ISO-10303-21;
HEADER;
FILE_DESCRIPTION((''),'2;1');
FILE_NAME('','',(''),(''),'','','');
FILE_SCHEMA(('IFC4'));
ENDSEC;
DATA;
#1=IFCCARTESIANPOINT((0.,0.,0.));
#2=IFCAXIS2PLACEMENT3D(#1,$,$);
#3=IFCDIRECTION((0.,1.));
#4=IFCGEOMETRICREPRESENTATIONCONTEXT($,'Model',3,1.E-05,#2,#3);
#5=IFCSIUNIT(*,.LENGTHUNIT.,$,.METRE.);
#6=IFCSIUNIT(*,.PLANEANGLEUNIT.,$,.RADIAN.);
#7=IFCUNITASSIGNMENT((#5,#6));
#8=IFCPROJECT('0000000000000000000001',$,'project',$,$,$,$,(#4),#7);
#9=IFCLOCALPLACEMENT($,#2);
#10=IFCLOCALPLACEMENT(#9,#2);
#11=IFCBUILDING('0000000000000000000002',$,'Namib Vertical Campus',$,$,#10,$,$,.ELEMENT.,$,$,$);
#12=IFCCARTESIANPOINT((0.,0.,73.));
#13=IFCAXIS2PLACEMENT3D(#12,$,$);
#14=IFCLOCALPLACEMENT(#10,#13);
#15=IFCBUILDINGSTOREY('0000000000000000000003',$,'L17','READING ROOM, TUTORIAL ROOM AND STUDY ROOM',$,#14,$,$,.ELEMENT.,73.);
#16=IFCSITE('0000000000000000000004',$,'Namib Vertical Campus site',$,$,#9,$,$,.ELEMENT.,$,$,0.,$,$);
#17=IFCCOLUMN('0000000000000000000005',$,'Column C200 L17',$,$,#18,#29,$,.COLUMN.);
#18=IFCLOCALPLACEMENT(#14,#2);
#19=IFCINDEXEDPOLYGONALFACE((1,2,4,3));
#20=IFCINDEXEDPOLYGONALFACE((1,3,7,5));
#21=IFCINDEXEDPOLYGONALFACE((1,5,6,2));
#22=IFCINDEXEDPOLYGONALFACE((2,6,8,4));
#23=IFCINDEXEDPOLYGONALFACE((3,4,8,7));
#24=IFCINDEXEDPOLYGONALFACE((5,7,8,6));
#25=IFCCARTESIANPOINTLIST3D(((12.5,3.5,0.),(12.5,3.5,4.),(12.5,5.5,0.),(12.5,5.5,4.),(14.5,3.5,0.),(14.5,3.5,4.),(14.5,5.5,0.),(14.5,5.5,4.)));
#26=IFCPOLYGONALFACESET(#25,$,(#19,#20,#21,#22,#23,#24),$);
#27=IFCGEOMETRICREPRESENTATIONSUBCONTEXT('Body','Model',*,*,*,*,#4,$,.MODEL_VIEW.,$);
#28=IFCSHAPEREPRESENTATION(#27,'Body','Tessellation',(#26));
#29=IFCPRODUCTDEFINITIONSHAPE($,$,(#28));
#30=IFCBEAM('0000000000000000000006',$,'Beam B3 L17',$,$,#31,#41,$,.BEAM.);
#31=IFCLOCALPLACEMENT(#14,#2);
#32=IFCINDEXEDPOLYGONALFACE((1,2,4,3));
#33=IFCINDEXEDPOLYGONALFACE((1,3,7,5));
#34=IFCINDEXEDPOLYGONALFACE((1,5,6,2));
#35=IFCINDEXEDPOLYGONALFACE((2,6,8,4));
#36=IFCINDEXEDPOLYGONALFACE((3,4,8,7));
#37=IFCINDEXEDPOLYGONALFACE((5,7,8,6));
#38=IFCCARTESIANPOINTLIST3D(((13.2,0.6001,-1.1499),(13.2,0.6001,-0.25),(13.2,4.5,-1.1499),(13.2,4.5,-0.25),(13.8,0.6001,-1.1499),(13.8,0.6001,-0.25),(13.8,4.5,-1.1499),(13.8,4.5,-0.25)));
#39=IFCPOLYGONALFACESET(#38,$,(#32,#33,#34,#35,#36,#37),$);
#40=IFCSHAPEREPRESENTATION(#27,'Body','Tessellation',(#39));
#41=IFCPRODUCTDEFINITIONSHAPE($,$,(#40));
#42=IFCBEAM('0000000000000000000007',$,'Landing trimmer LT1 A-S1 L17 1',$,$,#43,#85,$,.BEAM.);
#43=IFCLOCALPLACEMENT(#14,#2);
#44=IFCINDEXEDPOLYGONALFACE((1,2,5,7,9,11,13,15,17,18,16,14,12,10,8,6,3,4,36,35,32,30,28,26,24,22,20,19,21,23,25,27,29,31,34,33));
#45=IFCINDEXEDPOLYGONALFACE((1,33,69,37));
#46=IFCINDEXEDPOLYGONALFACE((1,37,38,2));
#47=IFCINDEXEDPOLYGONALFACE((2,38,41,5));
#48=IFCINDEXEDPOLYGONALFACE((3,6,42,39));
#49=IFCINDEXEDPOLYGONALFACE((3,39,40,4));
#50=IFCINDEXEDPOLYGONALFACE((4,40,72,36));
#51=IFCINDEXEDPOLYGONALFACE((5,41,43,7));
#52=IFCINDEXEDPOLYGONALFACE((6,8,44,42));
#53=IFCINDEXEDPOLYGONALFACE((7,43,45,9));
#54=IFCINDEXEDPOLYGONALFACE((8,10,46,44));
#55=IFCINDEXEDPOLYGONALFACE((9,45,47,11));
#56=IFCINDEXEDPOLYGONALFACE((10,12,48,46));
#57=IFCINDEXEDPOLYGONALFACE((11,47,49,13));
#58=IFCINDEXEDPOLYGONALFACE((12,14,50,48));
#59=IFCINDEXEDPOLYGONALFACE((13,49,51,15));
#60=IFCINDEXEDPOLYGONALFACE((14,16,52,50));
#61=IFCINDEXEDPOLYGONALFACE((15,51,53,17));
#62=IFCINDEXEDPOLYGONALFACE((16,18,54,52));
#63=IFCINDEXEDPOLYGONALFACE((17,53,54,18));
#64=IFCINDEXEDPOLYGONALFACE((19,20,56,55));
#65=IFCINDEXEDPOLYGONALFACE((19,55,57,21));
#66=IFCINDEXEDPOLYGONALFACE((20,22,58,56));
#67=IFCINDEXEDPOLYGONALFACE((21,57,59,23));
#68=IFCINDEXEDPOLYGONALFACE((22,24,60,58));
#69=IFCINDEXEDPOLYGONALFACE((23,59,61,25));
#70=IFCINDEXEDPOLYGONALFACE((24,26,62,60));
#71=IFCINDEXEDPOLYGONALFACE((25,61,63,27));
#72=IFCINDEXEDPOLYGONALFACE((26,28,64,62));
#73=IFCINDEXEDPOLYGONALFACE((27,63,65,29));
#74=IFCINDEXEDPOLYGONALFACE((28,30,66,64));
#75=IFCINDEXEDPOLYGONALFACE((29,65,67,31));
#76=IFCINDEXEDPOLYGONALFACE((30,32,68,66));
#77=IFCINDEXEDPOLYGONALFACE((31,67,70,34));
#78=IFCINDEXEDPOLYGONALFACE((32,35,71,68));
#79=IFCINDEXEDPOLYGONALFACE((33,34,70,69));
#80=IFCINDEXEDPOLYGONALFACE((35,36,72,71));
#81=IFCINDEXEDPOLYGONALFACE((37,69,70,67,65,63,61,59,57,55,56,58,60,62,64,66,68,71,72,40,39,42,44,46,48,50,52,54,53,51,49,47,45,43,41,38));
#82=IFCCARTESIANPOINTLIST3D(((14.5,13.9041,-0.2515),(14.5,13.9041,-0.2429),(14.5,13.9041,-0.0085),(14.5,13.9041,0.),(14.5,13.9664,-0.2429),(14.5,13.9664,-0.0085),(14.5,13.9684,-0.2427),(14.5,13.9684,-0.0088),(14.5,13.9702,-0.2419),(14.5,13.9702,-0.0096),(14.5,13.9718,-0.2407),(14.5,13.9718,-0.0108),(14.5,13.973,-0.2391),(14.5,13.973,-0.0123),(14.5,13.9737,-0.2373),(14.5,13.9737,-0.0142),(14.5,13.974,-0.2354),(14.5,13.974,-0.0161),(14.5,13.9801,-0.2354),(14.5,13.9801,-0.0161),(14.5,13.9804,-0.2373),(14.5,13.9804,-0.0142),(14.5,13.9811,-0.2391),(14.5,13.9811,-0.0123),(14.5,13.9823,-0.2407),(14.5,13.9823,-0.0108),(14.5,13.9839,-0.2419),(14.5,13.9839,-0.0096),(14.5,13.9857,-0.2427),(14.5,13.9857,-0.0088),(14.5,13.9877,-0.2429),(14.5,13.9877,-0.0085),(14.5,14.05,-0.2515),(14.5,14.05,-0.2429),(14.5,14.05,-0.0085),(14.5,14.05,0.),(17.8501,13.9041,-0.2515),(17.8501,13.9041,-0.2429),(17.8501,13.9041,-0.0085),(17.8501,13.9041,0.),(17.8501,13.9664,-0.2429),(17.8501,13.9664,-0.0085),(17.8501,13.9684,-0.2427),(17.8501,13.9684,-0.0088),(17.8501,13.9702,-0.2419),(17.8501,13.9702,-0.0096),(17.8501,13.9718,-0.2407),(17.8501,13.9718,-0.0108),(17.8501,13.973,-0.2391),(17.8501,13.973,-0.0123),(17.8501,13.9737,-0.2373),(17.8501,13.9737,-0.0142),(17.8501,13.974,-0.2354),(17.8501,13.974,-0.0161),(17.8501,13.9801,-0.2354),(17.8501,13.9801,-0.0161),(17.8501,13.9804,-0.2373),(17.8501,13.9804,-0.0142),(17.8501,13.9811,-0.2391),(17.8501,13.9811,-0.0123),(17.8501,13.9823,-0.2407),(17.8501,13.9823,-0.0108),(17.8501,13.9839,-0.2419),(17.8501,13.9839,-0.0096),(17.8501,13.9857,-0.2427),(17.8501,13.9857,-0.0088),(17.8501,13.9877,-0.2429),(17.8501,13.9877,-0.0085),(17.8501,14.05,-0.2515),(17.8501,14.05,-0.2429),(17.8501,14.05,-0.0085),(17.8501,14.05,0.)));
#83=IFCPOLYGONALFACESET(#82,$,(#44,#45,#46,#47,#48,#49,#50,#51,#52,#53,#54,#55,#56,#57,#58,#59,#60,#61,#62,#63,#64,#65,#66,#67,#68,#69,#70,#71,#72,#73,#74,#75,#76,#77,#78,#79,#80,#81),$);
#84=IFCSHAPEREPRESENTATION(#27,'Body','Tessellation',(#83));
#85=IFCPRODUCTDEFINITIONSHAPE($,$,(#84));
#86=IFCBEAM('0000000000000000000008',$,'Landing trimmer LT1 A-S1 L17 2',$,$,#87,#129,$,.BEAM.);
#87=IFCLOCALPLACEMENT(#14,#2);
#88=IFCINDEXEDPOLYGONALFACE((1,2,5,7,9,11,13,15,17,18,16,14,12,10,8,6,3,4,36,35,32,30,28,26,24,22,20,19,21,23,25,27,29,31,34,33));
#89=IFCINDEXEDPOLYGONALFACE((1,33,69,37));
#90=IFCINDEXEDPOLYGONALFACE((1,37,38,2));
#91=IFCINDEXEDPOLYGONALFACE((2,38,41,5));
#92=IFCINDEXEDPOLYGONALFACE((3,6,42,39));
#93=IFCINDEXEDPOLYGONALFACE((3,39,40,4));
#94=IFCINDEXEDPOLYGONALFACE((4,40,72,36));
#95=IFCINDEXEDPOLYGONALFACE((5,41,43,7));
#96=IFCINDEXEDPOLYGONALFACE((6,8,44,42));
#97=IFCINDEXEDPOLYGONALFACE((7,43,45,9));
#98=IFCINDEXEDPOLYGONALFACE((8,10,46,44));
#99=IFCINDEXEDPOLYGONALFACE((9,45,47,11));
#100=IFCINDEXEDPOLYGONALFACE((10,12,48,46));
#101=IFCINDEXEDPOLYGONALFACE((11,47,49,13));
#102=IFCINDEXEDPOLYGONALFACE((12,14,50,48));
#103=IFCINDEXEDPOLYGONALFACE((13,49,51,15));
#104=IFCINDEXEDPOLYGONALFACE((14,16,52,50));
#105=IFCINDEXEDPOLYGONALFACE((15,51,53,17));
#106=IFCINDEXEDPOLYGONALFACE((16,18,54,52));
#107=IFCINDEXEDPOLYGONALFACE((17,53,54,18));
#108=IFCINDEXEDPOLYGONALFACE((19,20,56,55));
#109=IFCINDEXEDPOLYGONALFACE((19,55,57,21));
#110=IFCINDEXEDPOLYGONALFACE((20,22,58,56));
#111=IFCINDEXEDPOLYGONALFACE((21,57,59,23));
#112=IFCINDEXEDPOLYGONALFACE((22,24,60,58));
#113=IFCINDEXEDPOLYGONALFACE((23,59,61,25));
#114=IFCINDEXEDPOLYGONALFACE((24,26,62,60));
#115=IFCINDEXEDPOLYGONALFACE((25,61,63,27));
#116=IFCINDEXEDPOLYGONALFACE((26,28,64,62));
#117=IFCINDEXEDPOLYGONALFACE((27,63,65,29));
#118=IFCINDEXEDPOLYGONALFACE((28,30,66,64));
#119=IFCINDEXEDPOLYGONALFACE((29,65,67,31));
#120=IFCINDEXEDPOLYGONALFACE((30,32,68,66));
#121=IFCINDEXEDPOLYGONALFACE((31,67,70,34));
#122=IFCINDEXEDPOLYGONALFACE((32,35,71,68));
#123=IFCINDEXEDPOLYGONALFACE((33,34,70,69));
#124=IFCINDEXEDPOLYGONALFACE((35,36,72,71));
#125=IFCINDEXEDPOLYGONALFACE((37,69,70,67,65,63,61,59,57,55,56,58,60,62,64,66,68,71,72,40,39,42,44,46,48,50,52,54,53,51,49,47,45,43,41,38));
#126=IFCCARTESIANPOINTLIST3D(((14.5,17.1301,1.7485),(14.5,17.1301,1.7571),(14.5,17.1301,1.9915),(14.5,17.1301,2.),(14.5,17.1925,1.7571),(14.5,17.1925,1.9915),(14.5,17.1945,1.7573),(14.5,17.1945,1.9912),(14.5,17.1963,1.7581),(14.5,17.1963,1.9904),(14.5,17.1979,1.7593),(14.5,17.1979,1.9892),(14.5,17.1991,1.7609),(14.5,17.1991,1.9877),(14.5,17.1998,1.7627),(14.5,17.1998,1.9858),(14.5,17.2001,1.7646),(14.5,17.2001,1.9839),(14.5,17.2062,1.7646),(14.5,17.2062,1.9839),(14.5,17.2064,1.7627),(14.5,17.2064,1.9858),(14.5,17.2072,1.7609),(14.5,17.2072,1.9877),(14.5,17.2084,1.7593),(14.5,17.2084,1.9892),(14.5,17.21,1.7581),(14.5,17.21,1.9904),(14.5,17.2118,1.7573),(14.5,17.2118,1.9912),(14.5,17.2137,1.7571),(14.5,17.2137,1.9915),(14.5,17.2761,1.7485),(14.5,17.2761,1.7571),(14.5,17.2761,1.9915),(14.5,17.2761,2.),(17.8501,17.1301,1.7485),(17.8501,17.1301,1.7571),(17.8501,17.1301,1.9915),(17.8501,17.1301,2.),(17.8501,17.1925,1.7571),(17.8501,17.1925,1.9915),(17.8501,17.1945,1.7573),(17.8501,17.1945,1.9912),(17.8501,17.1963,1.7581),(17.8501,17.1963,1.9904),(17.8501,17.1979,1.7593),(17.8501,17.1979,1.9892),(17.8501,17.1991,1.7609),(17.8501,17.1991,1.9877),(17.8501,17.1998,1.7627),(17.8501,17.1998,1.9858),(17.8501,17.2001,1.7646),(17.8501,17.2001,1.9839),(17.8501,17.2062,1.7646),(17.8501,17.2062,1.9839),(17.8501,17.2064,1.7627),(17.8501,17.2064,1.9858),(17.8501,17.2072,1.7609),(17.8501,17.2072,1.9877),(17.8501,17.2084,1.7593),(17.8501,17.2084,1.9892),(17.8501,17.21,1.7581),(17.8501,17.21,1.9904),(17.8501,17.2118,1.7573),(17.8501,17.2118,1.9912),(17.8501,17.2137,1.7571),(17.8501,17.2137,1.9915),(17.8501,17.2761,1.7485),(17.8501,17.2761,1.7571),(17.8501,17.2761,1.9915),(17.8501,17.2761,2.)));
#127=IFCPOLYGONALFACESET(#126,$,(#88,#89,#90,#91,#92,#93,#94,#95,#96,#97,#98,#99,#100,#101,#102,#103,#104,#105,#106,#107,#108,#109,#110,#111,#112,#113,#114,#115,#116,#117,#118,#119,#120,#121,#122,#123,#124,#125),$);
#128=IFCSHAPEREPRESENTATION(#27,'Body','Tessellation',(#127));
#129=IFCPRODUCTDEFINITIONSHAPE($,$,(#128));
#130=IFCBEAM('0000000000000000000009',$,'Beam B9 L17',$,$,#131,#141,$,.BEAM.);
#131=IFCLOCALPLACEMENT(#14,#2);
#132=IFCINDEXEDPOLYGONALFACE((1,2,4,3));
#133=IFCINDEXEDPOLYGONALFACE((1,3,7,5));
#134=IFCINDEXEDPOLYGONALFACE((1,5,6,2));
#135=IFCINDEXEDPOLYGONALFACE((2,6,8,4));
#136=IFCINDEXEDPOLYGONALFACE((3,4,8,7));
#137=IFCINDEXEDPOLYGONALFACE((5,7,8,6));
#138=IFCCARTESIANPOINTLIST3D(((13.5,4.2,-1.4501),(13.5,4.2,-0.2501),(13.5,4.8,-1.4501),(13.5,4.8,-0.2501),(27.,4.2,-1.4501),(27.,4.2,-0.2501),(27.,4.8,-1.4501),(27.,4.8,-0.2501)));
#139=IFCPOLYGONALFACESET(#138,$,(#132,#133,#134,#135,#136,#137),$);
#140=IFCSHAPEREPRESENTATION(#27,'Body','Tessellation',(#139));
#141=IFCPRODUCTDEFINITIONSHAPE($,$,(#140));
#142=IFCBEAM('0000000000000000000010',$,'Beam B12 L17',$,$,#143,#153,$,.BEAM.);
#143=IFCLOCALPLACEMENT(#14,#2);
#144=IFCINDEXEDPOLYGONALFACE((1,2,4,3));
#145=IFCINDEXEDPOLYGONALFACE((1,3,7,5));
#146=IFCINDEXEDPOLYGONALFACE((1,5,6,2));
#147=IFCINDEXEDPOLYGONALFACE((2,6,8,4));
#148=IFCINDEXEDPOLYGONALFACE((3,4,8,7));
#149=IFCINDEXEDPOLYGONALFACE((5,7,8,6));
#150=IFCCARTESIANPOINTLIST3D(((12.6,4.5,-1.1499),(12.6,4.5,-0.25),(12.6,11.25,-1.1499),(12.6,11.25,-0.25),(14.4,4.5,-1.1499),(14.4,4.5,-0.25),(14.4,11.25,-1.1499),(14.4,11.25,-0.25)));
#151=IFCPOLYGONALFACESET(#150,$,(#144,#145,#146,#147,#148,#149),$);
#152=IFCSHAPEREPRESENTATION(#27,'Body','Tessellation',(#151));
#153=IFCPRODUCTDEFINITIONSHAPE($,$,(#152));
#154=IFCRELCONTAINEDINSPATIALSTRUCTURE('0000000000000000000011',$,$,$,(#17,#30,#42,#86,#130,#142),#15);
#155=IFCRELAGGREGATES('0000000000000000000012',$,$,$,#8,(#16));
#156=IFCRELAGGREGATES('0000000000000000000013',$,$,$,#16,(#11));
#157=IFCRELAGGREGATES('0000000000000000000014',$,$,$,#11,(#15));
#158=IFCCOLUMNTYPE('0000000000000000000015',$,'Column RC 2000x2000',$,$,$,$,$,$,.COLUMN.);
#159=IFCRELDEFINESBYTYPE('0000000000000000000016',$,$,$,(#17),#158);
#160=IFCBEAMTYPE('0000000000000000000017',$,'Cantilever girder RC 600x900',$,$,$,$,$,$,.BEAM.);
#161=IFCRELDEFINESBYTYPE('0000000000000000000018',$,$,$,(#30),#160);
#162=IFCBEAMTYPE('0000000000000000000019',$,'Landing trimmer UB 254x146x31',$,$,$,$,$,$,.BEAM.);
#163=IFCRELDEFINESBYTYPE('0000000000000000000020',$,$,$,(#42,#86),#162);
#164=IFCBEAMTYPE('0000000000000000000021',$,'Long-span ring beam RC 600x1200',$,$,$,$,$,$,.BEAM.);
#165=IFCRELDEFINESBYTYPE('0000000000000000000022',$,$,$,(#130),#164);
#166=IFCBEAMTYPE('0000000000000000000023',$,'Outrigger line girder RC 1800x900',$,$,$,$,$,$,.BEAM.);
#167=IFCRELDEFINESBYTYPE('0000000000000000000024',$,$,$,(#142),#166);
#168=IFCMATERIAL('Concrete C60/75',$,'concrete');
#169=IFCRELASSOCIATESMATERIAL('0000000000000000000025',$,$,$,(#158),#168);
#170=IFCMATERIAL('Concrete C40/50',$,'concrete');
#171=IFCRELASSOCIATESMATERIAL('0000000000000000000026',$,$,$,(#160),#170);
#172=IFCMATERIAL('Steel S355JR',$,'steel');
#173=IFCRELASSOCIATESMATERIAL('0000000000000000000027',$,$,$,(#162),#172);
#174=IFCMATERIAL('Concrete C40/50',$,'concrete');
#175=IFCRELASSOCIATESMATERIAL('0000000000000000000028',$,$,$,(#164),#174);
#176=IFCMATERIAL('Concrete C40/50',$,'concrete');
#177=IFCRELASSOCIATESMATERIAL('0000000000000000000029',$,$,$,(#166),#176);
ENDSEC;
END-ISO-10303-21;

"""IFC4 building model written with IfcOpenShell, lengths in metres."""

from ifc_helpers import new_model, si_unit, direction, frame, origin, origin_2d, place, context, subcontext, project, spatial, rectangle, i_section, extrude, material, material_profile, profile_set, type_object, element, save


model = new_model("IFC4")

# Units and contexts
model_context = context("Model", 3, precision=1e-05, world=origin(), true_north=direction((0.0, 1.0)))
body_context = subcontext(model_context, "Body", "Model", "MODEL_VIEW")
ifc_project = project(units=[si_unit("LENGTHUNIT", "METRE"), si_unit("PLANEANGLEUNIT", "RADIAN")], contexts=[model_context])

# Site, building, storey
site_placement = place(None, origin())
site = spatial("IfcSite", under=ifc_project, at=site_placement, Name="Namib Vertical Campus site", CompositionType="ELEMENT", RefElevation=0.0)
building_placement = place(site_placement, origin())
building = spatial("IfcBuilding", under=site, at=building_placement, Name="Namib Vertical Campus", CompositionType="ELEMENT")
storey_placement = place(building_placement, frame((0.0, 0.0, 73.0)))
storey = spatial("IfcBuildingStorey", under=building, at=storey_placement, Name="L17", Description="READING ROOM, TUTORIAL ROOM AND STUDY ROOM", CompositionType="ELEMENT", Elevation=73.0)

# Column
ifc_material_1 = material(Name="Concrete C60/75", Category="concrete")
ifc_material_profile_1 = material_profile(ifc_material_1, rectangle(XDim=2.0, YDim=2.0, at=origin_2d()))
ifc_profile_set_1 = profile_set([ifc_material_profile_1], Name="Concrete C60/75")
column_type = type_object("IfcColumnType", Name="Column RC 2000x2000", PredefinedType="COLUMN", material=ifc_profile_set_1)
column_placement = place(storey_placement, frame((13.5, 4.5, 0.0), z_axis=(0.0, 0.0, 1.0), x_axis=(1.0, 0.0, 0.0)))
element("IfcColumn", 1, at=column_placement, inside=storey, type_object=column_type, Name="Column C200 L17", PredefinedType="COLUMN", context=body_context, shape_type="SweptSolid", body=[
    extrude(rectangle(XDim=2.0, YDim=2.0, at=origin_2d()), origin(), (0.0, 0.0, 1.0), 4.0),
])

# Beams
ifc_material_2 = material(Name="Concrete C40/50", Category="concrete")
ifc_material_profile_2 = material_profile(ifc_material_2, rectangle(XDim=0.6001, YDim=0.8999, at=origin_2d()))
ifc_profile_set_2 = profile_set([ifc_material_profile_2], Name="Concrete C40/50")
beam_type_1 = type_object("IfcBeamType", Name="Cantilever girder RC 600x900", PredefinedType="BEAM", material=ifc_profile_set_2)
beam_1_placement = place(storey_placement, frame((13.5, 4.5, -0.7), z_axis=(0.0, -1.0, 0.0), x_axis=(1.0, 0.0, 0.0)))
element("IfcBeam", 2, at=beam_1_placement, inside=storey, type_object=beam_type_1, Name="Beam B3 L17", PredefinedType="BEAM", context=body_context, shape_type="SweptSolid", body=[
    extrude(rectangle(XDim=0.6001, YDim=0.8999, at=origin_2d()), origin(), (0.0, 0.0, 1.0), 3.8999),
])
ifc_material_3 = material(Name="Steel S355JR", Category="steel")
ifc_material_profile_3 = material_profile(ifc_material_3, i_section(OverallWidth=0.146, OverallDepth=0.2515, WebThickness=0.0061, FlangeThickness=0.0085, FilletRadius=0.0076, at=origin_2d()))
ifc_profile_set_3 = profile_set([ifc_material_profile_3], Name="Steel S355JR")
beam_type_2 = type_object("IfcBeamType", Name="Landing trimmer UB 254x146x31", PredefinedType="BEAM", material=ifc_profile_set_3)
for number, where, z_axis, x_axis, name in (
    (3, (14.5, 13.9771, -0.1257), (1.0, 0.0, 0.0), (0.0, 1.0, 0.0), "Landing trimmer LT1 A-S1 L17 1"),
    (4, (14.5, 17.2031, 1.8743), (1.0, 0.0, 0.0), (0.0, 1.0, 0.0), "Landing trimmer LT1 A-S1 L17 2"),
):
    element("IfcBeam", number, at=place(storey_placement, frame(where, z_axis=z_axis, x_axis=x_axis)), inside=storey, type_object=beam_type_2, Name=name, PredefinedType="BEAM", context=body_context, shape_type="SweptSolid", body=[
        extrude(i_section(OverallWidth=0.146, OverallDepth=0.2515, WebThickness=0.0061, FlangeThickness=0.0085, FilletRadius=0.0076, at=origin_2d()), origin(), (0.0, 0.0, 1.0), 3.3501),
    ])
ifc_material_4 = material(Name="Concrete C40/50", Category="concrete")
ifc_material_profile_4 = material_profile(ifc_material_4, rectangle(XDim=0.6001, YDim=1.2, at=origin_2d()))
ifc_profile_set_4 = profile_set([ifc_material_profile_4], Name="Concrete C40/50")
beam_type_3 = type_object("IfcBeamType", Name="Long-span ring beam RC 600x1200", PredefinedType="BEAM", material=ifc_profile_set_4)
beam_2_placement = place(storey_placement, frame((13.5, 4.5, -0.8501), z_axis=(1.0, 0.0, 0.0), x_axis=(0.0, 1.0, 0.0)))
element("IfcBeam", 5, at=beam_2_placement, inside=storey, type_object=beam_type_3, Name="Beam B9 L17", PredefinedType="BEAM", context=body_context, shape_type="SweptSolid", body=[
    extrude(rectangle(XDim=0.6001, YDim=1.2, at=origin_2d()), origin(), (0.0, 0.0, 1.0), 13.5),
])
ifc_material_5 = material(Name="Concrete C40/50", Category="concrete")
ifc_material_profile_5 = material_profile(ifc_material_5, rectangle(XDim=1.8, YDim=0.8999, at=origin_2d()))
ifc_profile_set_5 = profile_set([ifc_material_profile_5], Name="Concrete C40/50")
beam_type_4 = type_object("IfcBeamType", Name="Outrigger line girder RC 1800x900", PredefinedType="BEAM", material=ifc_profile_set_5)
beam_3_placement = place(storey_placement, frame((13.5, 4.5, -0.7), z_axis=(0.0, 1.0, 0.0), x_axis=(-1.0, 0.0, 0.0)))
element("IfcBeam", 6, at=beam_3_placement, inside=storey, type_object=beam_type_4, Name="Beam B12 L17", PredefinedType="BEAM", context=body_context, shape_type="SweptSolid", body=[
    extrude(rectangle(XDim=1.8, YDim=0.8999, at=origin_2d()), origin(), (0.0, 0.0, 1.0), 6.75),
])

save(model, "model.ifc")
